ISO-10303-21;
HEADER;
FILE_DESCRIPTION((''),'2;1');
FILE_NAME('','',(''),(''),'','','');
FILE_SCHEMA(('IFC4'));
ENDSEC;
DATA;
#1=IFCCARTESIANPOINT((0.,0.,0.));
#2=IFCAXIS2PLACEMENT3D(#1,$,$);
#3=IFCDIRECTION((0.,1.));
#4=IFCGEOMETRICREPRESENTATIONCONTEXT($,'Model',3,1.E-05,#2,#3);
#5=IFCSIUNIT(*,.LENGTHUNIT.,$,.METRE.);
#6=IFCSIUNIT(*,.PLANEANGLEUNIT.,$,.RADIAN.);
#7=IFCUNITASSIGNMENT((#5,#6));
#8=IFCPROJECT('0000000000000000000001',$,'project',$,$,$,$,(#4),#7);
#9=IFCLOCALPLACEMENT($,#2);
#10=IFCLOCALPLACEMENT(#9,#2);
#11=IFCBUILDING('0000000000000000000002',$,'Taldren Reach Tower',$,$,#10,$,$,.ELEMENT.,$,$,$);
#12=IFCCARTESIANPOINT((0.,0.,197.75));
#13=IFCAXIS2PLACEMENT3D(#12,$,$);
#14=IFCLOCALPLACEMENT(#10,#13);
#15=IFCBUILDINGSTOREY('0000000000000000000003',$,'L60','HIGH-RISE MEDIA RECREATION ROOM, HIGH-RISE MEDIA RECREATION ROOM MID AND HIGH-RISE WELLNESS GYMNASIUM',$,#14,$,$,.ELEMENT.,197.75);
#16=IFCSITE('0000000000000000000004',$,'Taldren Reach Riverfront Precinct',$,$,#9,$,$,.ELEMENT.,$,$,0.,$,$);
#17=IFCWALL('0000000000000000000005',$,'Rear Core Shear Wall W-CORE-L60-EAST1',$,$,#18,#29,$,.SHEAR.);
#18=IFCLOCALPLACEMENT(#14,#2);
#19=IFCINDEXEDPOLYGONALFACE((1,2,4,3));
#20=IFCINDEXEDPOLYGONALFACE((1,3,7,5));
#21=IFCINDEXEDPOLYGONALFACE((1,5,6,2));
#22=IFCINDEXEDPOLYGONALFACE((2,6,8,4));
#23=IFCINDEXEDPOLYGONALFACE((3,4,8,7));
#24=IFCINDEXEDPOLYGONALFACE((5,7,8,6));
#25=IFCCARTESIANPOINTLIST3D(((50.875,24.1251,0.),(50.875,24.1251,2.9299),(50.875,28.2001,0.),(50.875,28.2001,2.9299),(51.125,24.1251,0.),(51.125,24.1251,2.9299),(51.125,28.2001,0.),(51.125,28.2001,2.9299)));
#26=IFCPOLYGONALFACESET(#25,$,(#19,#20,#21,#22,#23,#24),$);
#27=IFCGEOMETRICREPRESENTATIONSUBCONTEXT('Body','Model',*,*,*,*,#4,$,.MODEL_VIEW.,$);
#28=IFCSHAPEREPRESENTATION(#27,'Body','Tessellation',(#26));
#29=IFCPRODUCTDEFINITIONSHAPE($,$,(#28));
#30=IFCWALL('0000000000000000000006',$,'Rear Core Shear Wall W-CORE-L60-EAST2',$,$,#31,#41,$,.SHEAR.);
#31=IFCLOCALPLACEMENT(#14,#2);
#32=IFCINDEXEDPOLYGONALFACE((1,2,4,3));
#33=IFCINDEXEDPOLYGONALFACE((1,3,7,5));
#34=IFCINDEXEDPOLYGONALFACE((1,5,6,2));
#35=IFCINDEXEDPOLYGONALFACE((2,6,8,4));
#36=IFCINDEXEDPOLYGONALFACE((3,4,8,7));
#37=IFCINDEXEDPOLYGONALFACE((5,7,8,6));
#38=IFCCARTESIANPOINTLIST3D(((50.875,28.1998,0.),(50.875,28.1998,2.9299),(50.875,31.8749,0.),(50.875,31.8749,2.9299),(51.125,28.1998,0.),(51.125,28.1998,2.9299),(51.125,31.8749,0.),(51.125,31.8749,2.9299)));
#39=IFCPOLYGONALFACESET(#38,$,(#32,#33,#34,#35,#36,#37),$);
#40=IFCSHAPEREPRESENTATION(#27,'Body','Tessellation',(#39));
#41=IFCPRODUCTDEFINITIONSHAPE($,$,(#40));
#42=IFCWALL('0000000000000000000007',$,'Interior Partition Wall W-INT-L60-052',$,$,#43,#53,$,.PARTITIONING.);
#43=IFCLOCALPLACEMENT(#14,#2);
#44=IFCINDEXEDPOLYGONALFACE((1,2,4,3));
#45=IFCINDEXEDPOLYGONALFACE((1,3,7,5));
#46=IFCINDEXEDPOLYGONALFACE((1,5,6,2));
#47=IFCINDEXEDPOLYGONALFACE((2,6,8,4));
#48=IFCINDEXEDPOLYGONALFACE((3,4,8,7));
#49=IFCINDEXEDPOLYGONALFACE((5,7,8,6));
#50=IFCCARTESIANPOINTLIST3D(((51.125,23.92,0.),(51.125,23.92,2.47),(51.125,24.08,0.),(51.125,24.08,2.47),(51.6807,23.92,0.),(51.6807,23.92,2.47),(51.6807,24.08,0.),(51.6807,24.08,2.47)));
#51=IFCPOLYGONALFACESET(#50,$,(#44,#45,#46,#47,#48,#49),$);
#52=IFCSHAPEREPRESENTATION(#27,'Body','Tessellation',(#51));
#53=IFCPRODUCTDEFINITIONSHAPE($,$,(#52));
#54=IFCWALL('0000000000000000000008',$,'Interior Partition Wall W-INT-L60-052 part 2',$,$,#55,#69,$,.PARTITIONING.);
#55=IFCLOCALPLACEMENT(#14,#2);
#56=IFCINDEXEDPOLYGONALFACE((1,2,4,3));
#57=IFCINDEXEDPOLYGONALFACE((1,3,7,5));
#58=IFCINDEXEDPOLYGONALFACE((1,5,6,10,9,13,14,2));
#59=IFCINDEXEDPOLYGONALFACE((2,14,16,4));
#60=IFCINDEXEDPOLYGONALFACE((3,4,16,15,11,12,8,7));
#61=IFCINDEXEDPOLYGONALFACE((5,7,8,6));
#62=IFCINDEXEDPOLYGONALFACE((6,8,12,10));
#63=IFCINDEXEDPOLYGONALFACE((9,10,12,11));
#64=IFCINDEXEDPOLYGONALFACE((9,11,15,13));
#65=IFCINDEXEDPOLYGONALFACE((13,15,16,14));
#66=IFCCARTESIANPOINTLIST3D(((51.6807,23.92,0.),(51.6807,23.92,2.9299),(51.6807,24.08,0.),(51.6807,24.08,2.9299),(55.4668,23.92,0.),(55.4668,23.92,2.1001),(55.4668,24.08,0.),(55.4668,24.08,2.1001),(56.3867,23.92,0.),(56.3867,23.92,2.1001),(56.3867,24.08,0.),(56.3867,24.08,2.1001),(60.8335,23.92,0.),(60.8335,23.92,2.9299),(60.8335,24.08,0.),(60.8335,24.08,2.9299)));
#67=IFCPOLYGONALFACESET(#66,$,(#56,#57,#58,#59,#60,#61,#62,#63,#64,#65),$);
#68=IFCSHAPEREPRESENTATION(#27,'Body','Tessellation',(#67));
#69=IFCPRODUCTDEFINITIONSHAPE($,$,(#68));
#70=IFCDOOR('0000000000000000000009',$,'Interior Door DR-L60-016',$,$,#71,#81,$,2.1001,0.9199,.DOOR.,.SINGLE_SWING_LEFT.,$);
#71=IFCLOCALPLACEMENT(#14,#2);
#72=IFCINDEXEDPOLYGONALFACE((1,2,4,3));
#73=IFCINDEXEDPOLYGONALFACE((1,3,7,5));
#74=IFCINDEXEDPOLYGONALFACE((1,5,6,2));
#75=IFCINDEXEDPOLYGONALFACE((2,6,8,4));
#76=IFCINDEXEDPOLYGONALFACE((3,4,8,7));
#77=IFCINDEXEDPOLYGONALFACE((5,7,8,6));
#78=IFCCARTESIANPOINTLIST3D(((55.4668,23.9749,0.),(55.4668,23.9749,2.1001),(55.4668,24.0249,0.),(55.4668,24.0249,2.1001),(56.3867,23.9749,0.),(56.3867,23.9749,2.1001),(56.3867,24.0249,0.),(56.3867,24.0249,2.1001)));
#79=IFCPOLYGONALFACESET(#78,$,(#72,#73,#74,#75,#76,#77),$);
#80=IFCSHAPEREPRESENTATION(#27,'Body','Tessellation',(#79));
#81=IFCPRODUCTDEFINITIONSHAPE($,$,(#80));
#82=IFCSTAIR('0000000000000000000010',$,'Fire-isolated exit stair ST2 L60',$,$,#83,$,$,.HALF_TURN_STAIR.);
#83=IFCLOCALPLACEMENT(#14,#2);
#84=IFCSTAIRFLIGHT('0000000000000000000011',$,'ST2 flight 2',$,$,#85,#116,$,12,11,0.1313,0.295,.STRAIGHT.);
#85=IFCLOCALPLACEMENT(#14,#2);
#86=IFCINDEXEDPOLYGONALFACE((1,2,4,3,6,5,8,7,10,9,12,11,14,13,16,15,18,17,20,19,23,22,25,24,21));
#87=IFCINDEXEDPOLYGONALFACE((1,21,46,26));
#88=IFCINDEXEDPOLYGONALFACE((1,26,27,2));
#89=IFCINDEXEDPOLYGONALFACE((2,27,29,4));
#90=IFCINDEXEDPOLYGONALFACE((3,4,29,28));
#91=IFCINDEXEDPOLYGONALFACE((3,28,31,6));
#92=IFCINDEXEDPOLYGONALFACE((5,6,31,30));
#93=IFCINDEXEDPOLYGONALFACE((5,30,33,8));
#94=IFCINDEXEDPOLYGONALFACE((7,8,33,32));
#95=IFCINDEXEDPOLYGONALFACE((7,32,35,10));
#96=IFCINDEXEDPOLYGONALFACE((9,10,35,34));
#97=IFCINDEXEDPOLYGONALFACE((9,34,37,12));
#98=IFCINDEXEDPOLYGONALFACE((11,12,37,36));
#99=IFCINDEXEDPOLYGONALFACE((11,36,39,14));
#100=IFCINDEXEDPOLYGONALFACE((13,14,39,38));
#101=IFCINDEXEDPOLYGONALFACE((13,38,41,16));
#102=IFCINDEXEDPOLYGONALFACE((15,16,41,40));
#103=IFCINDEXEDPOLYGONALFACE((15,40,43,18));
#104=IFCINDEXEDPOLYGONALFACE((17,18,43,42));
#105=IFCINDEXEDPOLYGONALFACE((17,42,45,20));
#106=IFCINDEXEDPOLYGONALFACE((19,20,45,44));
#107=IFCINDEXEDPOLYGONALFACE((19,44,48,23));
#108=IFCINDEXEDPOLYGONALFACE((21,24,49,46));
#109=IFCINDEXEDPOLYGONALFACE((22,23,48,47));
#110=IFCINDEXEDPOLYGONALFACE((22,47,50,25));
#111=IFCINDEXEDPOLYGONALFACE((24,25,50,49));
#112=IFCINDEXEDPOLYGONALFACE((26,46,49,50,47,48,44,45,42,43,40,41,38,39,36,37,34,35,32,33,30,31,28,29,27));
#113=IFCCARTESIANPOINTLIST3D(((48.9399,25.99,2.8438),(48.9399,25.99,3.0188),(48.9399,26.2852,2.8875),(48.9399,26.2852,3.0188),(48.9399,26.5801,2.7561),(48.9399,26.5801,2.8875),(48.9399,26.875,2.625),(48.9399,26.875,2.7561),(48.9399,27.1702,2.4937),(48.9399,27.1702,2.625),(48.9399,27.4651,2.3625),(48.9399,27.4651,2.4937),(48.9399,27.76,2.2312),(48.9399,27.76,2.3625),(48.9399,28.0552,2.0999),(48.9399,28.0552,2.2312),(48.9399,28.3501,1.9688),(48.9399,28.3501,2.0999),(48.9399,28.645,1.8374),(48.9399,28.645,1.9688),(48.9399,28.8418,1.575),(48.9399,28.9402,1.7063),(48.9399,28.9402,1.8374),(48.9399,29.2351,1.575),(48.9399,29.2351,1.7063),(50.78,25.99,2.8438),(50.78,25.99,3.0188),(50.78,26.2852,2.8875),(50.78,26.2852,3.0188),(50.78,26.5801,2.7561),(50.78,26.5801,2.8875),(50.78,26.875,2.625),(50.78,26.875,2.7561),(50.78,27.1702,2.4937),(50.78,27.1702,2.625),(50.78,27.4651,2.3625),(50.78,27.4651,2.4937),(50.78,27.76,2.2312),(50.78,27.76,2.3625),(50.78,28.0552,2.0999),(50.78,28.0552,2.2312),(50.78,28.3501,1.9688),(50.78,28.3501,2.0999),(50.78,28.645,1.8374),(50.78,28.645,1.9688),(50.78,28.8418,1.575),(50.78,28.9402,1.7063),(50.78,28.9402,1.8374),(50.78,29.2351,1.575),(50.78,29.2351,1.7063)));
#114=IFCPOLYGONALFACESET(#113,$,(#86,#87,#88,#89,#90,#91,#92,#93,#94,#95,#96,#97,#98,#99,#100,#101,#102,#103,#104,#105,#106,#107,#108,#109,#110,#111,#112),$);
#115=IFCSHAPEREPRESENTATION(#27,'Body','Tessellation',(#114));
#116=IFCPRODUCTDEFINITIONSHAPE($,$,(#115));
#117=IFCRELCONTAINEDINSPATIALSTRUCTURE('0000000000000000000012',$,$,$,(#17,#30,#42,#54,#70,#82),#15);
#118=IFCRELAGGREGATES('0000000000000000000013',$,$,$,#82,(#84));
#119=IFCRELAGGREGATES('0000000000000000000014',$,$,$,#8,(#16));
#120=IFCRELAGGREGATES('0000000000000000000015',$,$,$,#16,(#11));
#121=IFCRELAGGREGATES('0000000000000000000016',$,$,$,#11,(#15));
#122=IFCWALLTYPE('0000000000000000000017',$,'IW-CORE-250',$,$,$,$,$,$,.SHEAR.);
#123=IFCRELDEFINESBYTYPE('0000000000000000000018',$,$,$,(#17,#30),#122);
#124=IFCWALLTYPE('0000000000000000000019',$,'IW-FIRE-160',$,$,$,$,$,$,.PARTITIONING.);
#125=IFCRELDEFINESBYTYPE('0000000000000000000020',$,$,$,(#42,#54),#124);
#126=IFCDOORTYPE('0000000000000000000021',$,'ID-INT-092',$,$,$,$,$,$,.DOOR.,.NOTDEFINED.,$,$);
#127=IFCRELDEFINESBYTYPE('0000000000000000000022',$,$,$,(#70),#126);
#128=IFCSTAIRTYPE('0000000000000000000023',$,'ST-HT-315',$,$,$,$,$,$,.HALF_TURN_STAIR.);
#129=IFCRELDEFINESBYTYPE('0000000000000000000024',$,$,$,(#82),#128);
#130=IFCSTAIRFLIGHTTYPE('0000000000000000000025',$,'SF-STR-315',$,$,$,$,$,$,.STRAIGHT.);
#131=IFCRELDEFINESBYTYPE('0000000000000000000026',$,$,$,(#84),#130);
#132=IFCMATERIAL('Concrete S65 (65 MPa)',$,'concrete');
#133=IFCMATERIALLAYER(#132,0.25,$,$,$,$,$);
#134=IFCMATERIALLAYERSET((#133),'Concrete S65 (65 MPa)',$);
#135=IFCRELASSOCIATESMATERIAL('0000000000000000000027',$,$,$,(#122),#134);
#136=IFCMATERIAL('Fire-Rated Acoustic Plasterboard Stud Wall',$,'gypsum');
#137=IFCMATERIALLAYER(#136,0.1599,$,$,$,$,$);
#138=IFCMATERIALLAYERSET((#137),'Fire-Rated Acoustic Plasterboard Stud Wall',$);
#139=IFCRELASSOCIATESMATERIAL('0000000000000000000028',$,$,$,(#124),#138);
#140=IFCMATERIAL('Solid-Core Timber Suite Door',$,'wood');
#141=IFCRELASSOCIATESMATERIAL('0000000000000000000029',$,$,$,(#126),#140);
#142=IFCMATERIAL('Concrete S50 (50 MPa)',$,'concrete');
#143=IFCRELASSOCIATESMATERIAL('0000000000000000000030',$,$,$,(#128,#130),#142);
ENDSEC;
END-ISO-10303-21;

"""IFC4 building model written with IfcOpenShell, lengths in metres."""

from ifc_helpers import new_model, si_unit, direction, frame, frame_2d, origin, place, context, subcontext, project, spatial, polyline, rectangle, outline, extrude, source, transform, mapped, material, layer, layer_set, type_object, element, fill, aggregate, save


model = new_model("IFC4")

# Units and contexts
model_context = context("Model", 3, precision=1e-05, world=origin(), true_north=direction((0.0, 1.0)))
body_context = subcontext(model_context, "Body", "Model", "MODEL_VIEW")
ifc_project = project(units=[si_unit("LENGTHUNIT", "METRE"), si_unit("PLANEANGLEUNIT", "RADIAN")], contexts=[model_context])

# Site, building, storey
site_placement = place(None, origin())
site = spatial("IfcSite", under=ifc_project, at=site_placement, Name="Taldren Reach Riverfront Precinct", CompositionType="ELEMENT", RefElevation=0.0)
building_placement = place(site_placement, origin())
building = spatial("IfcBuilding", under=site, at=building_placement, Name="Taldren Reach Tower", CompositionType="ELEMENT")
storey_placement = place(building_placement, frame((0.0, 0.0, 197.75)))
storey = spatial("IfcBuildingStorey", under=building, at=storey_placement, Name="L60", Description="HIGH-RISE MEDIA RECREATION ROOM, HIGH-RISE MEDIA RECREATION ROOM MID AND HIGH-RISE WELLNESS GYMNASIUM", CompositionType="ELEMENT", Elevation=197.75)

# Walls
ifc_material_1 = material(Name="Concrete S65 (65 MPa)", Category="concrete")
ifc_layer_1 = layer(ifc_material_1, 0.25)
ifc_layer_set_1 = layer_set([ifc_layer_1], Name="Concrete S65 (65 MPa)")
wall_type_1 = type_object("IfcWallType", Name="IW-CORE-250", PredefinedType="SHEAR", material=ifc_layer_set_1)
shared_shape_1 = source(origin(), body_context, "Body", "SweptSolid", [
    extrude(rectangle(XDim=4.075, YDim=0.25, at=frame_2d((2.0376, 0.0))), origin(), (0.0, 0.0, 1.0), 2.9299),
])
wall_1_placement = place(storey_placement, frame((51.0, 24.125, 0.0), z_axis=(0.0, 0.0, 1.0), x_axis=(0.0, 1.0, 0.0)))
element("IfcWall", 1, at=wall_1_placement, inside=storey, type_object=wall_type_1, Name="Rear Core Shear Wall W-CORE-L60-EAST1", PredefinedType="SHEAR", context=body_context, shape_type="MappedRepresentation", body=[
    mapped(shared_shape_1, transform((0.0, 0.0, 0.0), scale=1.0)),
])
shared_shape_2 = source(origin(), body_context, "Body", "SweptSolid", [
    extrude(rectangle(XDim=3.675, YDim=0.25, at=frame_2d((1.8374, 0.0))), origin(), (0.0, 0.0, 1.0), 2.9299),
])
wall_2_placement = place(storey_placement, frame((51.0, 28.2, 0.0), z_axis=(0.0, 0.0, 1.0), x_axis=(0.0, 1.0, 0.0)))
element("IfcWall", 2, at=wall_2_placement, inside=storey, type_object=wall_type_1, Name="Rear Core Shear Wall W-CORE-L60-EAST2", PredefinedType="SHEAR", context=body_context, shape_type="MappedRepresentation", body=[
    mapped(shared_shape_2, transform((0.0, 0.0, 0.0), scale=1.0)),
])
ifc_material_2 = material(Name="Fire-Rated Acoustic Plasterboard Stud Wall", Category="gypsum")
ifc_layer_2 = layer(ifc_material_2, 0.1599)
ifc_layer_set_2 = layer_set([ifc_layer_2], Name="Fire-Rated Acoustic Plasterboard Stud Wall")
wall_type_2 = type_object("IfcWallType", Name="IW-FIRE-160", PredefinedType="PARTITIONING", material=ifc_layer_set_2)
shared_shape_3 = source(origin(), body_context, "Body", "SweptSolid", [
    extrude(rectangle(XDim=0.5557, YDim=0.1599, at=frame_2d((0.2778, 0.0))), origin(), (0.0, 0.0, 1.0), 2.47),
])
wall_3_placement = place(storey_placement, frame((51.125, 24.0, 0.0), z_axis=(0.0, 0.0, 1.0), x_axis=(1.0, 0.0, 0.0)))
element("IfcWall", 3, at=wall_3_placement, inside=storey, type_object=wall_type_2, Name="Interior Partition Wall W-INT-L60-052", PredefinedType="PARTITIONING", context=body_context, shape_type="MappedRepresentation", body=[
    mapped(shared_shape_3, transform((0.0, 0.0, 0.0), scale=1.0)),
])

# Wall, opening, door
shared_shape_4 = source(origin(), body_context, "Body", "SweptSolid", [
    extrude(rectangle(XDim=9.1528, YDim=0.1599, at=frame_2d((4.5764, 0.0))), origin(), (0.0, 0.0, 1.0), 2.9299),
])
wall_4_placement = place(storey_placement, frame((51.6807, 24.0, 0.0), z_axis=(0.0, 0.0, 1.0), x_axis=(1.0, 0.0, 0.0)))
wall_4 = element("IfcWall", 4, at=wall_4_placement, inside=storey, type_object=wall_type_2, Name="Interior Partition Wall W-INT-L60-052 part 2", PredefinedType="PARTITIONING", context=body_context, shape_type="MappedRepresentation", body=[
    mapped(shared_shape_4, transform((0.0, 0.0, 0.0), scale=1.0)),
])
shared_shape_5 = source(origin(), body_context, "Body", "SweptSolid", [
    extrude(rectangle(XDim=0.9199, YDim=2.1001, at=frame_2d((0.46, 1.05))), frame((0.0, 0.0898, 0.0), z_axis=(0.0, -1.0, 0.0), x_axis=(1.0, 0.0, 0.0)), (0.0, 0.0, 1.0), 0.1799),
])
opening_placement = place(wall_4_placement, frame((3.7861, 0.0, 0.0)))
opening = element("IfcOpeningElement", 5, at=opening_placement, cuts=wall_4, PredefinedType="OPENING", context=body_context, shape_type="MappedRepresentation", body=[
    mapped(shared_shape_5, transform((0.0, 0.0, 0.0), scale=1.0)),
])
ifc_material_3 = material(Name="Solid-Core Timber Suite Door", Category="wood")
door_type = type_object("IfcDoorType", Name="ID-INT-092", OperationType="NOTDEFINED", PredefinedType="DOOR", material=ifc_material_3)
shared_shape_6 = source(origin(), body_context, "Body", "SweptSolid", [
    extrude(rectangle(XDim=0.9199, YDim=2.1001, at=frame_2d((0.46, 1.05))), frame((0.0, 0.0249, 0.0), z_axis=(0.0, -1.0, 0.0), x_axis=(1.0, 0.0, 0.0)), (0.0, 0.0, 1.0), 0.05),
])
door_placement = place(opening_placement, origin())
door = element("IfcDoor", 6, at=door_placement, inside=storey, type_object=door_type, Name="Interior Door DR-L60-016", OperationType="SINGLE_SWING_LEFT", OverallHeight=2.1001, OverallWidth=0.9199, PredefinedType="DOOR", context=body_context, shape_type="MappedRepresentation", body=[
    mapped(shared_shape_6, transform((0.0, 0.0, 0.0), scale=1.0)),
])
fill(opening, door)

# Stair, stair flight
ifc_material_4 = material(Name="Concrete S50 (50 MPa)", Category="concrete")
stair_type = type_object("IfcStairType", Name="ST-HT-315", PredefinedType="HALF_TURN_STAIR", material=ifc_material_4)
stair_placement = place(storey_placement, origin())
stair = element("IfcStair", 7, at=stair_placement, inside=storey, type_object=stair_type, Name="Fire-isolated exit stair ST2 L60", PredefinedType="HALF_TURN_STAIR")
stair_flight_type = type_object("IfcStairFlightType", Name="SF-STR-315", PredefinedType="STRAIGHT", material=ifc_material_4)
stair_flight_placement = place(storey_placement, frame((49.8601, 29.2351, 1.575), z_axis=(0.0, 0.0, 1.0), x_axis=(0.0, -1.0, 0.0)))
stair_flight = element("IfcStairFlight", 8, at=stair_flight_placement, type_object=stair_flight_type, Name="ST2 flight 2", NumberOfRisers=12, NumberOfTreads=11, PredefinedType="STRAIGHT", RiserHeight=0.1313, TreadLength=0.295, context=body_context, shape_type="SweptSolid", body=[
    extrude(outline(polyline([(0.0, 0.0), (0.0, 0.1313), (0.2949, 0.1313), (0.2949, 0.2625), (0.5901, 0.2625), (0.5901, 0.3938), (0.885, 0.3938), (0.885, 0.5249), (1.1799, 0.5249), (1.1799, 0.6562), (1.4751, 0.6562), (1.4751, 0.7876), (1.77, 0.7876), (1.77, 0.9187), (2.0649, 0.9187), (2.0649, 1.05), (2.3601, 1.05), (2.3601, 1.1812), (2.655, 1.1812), (2.655, 1.3125), (2.95, 1.3125), (2.95, 1.4438), (3.2451, 1.4438), (3.2451, 1.575), (3.2451, 1.2688), (0.3933, 0.0), (0.0, 0.0)])), frame((0.0, 0.9199, 0.0), z_axis=(0.0, -1.0, 0.0), x_axis=(1.0, 0.0, 0.0)), (0.0, 0.0, 1.0), 1.8401),
])
aggregate(stair, [stair_flight])

save(model, "model.ifc")
